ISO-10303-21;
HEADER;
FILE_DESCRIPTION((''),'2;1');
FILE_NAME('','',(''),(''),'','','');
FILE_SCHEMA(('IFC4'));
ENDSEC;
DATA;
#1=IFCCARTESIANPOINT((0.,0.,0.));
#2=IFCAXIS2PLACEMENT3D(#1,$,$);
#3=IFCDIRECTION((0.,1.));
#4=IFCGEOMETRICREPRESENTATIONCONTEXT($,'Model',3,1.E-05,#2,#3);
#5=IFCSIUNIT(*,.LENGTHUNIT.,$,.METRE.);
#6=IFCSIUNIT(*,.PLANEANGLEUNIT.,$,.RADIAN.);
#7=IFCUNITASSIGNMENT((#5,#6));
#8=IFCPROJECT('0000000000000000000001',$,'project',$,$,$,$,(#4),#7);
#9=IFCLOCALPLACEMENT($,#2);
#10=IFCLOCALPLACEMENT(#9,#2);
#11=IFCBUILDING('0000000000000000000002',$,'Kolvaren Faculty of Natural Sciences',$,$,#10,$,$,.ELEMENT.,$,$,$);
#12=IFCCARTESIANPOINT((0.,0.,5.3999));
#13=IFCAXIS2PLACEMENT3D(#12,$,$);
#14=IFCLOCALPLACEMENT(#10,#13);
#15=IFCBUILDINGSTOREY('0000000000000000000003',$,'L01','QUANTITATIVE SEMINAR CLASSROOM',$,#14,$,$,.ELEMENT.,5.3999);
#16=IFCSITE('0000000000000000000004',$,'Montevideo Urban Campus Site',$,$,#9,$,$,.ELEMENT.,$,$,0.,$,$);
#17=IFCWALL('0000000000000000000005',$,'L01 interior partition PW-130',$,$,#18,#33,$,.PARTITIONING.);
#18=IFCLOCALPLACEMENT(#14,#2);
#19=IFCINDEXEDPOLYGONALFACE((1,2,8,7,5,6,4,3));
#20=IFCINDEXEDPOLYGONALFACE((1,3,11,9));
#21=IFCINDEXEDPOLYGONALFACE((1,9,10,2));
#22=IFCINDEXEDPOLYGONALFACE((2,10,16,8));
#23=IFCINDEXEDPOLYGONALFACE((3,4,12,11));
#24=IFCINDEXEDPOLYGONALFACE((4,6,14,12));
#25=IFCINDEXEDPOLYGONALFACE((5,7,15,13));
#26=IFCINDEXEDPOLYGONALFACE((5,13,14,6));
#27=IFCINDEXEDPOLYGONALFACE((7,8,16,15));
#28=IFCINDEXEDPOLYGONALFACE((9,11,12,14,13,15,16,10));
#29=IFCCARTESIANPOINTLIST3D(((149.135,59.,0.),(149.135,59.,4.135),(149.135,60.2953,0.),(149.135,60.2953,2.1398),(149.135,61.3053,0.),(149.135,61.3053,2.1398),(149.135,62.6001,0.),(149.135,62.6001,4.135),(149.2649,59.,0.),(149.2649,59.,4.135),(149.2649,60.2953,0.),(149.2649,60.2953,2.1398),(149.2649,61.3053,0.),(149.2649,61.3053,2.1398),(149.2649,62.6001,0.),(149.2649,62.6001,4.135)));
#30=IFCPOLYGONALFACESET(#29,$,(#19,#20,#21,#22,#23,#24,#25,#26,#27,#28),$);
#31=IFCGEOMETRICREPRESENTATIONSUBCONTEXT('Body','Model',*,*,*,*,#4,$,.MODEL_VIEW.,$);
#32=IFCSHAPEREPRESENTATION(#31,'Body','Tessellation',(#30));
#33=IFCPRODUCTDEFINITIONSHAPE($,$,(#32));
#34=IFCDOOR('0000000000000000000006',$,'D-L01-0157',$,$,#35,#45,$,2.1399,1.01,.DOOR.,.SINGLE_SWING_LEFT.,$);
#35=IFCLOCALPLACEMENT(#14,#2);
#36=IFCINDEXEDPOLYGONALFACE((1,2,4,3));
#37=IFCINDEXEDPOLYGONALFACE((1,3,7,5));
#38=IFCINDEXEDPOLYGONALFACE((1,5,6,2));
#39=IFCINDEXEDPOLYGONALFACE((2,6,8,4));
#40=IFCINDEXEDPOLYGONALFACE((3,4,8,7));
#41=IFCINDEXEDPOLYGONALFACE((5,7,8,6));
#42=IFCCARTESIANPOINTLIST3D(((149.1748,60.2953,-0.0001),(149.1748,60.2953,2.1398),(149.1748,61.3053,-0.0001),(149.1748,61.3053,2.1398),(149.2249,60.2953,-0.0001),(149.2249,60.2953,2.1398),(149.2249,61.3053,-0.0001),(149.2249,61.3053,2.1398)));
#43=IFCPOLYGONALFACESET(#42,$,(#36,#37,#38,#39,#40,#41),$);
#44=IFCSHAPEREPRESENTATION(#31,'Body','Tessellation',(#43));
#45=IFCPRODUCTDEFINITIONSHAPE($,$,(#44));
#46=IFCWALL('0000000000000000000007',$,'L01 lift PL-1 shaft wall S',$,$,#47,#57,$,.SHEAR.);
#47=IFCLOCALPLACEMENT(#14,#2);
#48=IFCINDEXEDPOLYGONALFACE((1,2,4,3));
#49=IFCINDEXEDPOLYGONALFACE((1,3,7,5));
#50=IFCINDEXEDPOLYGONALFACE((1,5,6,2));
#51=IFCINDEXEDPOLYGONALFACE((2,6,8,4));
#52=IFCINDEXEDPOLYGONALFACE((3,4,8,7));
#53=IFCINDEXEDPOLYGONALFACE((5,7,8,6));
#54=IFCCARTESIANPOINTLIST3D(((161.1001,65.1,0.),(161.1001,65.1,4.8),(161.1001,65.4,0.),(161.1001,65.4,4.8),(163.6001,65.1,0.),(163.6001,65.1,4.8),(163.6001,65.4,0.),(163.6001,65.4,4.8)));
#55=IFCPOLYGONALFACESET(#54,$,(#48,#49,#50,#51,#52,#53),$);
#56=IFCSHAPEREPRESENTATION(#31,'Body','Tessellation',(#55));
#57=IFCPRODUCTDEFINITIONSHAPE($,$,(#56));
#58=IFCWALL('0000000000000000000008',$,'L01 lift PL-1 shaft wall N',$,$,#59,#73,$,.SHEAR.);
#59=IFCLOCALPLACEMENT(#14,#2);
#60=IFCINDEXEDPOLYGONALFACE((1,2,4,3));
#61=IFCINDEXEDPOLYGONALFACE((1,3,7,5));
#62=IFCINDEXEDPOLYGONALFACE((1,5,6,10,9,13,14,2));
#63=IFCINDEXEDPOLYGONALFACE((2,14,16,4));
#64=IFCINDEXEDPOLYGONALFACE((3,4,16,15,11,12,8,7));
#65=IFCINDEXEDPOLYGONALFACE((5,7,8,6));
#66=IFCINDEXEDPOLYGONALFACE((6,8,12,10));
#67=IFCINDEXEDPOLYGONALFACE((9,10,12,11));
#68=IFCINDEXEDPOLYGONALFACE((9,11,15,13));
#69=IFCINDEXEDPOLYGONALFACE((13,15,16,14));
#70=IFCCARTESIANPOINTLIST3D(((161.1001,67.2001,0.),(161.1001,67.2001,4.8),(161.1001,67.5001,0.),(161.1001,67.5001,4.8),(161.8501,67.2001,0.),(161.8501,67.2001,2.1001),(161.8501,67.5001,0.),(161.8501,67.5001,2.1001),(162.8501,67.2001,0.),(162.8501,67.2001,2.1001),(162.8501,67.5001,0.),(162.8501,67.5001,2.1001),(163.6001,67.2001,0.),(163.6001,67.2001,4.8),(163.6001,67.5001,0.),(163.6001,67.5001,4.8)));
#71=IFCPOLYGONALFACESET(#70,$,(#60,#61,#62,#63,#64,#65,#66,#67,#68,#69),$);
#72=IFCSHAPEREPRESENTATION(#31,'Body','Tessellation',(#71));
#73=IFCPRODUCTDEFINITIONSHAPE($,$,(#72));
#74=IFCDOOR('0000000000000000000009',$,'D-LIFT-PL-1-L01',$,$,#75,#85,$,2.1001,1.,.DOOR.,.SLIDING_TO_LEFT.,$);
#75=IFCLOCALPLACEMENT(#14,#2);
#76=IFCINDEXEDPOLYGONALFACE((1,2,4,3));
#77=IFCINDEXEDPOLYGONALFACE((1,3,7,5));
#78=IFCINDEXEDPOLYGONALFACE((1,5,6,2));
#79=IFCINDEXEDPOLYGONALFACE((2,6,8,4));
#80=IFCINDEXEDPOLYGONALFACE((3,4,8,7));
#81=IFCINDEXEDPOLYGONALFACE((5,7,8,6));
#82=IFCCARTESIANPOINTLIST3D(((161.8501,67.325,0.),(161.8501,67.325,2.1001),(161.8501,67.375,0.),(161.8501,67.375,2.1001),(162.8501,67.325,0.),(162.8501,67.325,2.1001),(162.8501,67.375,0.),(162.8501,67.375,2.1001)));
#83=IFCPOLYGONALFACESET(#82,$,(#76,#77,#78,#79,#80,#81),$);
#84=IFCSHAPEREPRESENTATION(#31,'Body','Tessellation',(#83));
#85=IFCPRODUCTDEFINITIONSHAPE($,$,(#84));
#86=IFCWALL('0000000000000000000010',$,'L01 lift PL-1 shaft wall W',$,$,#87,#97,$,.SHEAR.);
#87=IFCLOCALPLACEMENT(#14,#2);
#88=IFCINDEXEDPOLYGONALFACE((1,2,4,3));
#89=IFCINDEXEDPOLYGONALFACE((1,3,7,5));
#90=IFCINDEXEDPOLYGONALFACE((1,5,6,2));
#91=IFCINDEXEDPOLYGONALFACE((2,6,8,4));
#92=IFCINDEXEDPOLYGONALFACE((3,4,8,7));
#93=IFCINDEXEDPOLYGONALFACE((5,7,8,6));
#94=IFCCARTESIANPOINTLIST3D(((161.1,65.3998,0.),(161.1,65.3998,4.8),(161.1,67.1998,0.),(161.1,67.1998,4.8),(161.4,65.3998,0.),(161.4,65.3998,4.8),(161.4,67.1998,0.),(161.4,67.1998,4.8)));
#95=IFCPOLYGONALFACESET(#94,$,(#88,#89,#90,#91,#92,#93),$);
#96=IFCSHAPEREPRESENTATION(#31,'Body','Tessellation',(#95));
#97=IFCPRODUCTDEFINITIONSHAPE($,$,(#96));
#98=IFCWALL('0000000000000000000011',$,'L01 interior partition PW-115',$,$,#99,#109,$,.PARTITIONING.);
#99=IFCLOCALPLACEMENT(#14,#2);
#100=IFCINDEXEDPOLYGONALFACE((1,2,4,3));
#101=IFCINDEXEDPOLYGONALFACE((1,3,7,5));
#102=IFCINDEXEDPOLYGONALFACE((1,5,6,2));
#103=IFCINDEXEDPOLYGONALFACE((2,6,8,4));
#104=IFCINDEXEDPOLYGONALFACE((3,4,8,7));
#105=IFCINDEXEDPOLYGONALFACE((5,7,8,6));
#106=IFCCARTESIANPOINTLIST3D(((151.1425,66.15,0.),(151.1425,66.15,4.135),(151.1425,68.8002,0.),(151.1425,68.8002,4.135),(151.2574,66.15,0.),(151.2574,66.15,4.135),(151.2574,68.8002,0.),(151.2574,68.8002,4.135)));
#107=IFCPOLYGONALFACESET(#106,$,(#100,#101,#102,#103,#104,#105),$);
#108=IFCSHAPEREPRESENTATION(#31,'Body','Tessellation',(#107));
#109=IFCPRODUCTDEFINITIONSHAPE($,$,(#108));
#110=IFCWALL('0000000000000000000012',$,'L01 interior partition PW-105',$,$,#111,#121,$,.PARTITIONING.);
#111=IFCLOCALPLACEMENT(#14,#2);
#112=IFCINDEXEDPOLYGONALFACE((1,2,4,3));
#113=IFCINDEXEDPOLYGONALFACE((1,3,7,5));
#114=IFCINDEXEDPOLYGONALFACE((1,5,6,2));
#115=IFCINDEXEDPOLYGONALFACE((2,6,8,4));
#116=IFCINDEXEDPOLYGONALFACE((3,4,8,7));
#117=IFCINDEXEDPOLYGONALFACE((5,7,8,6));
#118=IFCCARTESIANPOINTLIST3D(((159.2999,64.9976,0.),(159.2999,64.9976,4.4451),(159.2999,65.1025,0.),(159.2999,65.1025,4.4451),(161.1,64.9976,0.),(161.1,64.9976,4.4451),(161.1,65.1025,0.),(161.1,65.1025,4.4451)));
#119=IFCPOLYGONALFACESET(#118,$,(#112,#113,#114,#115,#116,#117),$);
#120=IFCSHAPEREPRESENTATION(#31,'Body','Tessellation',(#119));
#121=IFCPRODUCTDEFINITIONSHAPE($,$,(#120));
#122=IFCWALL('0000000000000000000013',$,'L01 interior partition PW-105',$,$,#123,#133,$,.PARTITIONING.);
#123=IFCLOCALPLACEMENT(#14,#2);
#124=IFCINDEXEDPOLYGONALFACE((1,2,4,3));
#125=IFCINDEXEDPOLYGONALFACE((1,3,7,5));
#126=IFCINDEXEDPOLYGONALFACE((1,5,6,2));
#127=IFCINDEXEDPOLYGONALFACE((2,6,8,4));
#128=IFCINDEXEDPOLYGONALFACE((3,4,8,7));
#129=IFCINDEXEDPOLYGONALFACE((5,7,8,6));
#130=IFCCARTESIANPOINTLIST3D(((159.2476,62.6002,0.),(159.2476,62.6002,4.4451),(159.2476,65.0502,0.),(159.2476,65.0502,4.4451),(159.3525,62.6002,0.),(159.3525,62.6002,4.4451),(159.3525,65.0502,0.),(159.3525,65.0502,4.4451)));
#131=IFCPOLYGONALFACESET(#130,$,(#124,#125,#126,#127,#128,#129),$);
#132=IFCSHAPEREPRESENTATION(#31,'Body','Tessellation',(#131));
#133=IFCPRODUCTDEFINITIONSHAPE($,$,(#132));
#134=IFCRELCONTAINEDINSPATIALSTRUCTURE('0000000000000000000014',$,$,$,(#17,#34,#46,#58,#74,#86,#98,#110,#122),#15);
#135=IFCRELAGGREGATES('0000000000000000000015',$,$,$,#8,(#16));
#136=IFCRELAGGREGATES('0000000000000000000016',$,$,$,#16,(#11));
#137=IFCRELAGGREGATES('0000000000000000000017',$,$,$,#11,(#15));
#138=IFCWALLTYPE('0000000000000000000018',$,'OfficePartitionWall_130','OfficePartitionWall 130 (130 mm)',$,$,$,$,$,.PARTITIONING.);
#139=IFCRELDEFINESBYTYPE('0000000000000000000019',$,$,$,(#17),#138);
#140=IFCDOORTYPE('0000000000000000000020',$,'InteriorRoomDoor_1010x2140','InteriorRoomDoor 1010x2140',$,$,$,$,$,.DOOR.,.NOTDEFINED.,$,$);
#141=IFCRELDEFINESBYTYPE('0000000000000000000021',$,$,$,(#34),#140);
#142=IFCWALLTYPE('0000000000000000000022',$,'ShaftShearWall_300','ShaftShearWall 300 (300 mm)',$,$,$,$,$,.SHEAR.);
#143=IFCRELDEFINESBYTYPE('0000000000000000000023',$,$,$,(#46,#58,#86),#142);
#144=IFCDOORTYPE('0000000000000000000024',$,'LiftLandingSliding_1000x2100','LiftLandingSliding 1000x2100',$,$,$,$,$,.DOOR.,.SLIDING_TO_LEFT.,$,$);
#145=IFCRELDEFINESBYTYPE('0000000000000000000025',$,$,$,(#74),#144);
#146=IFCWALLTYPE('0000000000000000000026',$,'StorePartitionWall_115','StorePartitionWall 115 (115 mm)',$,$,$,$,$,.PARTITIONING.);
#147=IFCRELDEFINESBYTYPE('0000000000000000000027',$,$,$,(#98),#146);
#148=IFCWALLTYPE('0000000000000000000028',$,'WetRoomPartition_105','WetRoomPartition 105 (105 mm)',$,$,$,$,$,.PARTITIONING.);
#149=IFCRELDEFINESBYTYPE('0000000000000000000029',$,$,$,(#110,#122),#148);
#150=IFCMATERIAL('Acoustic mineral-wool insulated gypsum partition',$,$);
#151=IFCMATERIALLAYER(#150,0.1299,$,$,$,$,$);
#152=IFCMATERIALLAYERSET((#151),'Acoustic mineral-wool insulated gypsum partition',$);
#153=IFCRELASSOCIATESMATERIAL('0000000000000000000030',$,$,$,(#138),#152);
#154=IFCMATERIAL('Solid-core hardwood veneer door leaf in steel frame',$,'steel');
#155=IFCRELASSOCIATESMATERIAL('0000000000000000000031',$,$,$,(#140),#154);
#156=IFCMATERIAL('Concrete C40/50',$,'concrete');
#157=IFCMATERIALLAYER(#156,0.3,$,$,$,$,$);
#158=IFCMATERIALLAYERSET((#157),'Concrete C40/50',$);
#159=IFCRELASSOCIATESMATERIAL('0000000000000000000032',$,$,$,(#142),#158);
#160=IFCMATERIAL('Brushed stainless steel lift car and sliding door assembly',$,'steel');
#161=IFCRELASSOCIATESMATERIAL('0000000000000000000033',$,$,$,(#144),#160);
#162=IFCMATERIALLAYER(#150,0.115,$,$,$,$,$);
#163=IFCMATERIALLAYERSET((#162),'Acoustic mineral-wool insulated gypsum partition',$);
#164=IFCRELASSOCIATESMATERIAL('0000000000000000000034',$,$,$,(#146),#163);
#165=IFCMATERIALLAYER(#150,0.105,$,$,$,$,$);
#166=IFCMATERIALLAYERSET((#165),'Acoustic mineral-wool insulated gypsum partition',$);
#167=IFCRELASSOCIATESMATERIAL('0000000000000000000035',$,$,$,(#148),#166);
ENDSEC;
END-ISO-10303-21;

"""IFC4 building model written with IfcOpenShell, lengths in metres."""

from ifc_helpers import new_model, si_unit, direction, frame, frame_2d, origin, place, context, subcontext, project, spatial, rectangle, extrude, material, layer, layer_set, type_object, element, fill, save


model = new_model("IFC4")

# Units and contexts
model_context = context("Model", 3, precision=1e-05, world=origin(), true_north=direction((0.0, 1.0)))
body_context = subcontext(model_context, "Body", "Model", "MODEL_VIEW")
ifc_project = project(units=[si_unit("LENGTHUNIT", "METRE"), si_unit("PLANEANGLEUNIT", "RADIAN")], contexts=[model_context])

# Site, building, storey
site_placement = place(None, origin())
site = spatial("IfcSite", under=ifc_project, at=site_placement, Name="Montevideo Urban Campus Site", CompositionType="ELEMENT", RefElevation=0.0)
building_placement = place(site_placement, origin())
building = spatial("IfcBuilding", under=site, at=building_placement, Name="Kolvaren Faculty of Natural Sciences", CompositionType="ELEMENT")
storey_placement = place(building_placement, frame((0.0, 0.0, 5.3999)))
storey = spatial("IfcBuildingStorey", under=building, at=storey_placement, Name="L01", Description="QUANTITATIVE SEMINAR CLASSROOM", CompositionType="ELEMENT", Elevation=5.3999)

# Shared definitions
ifc_material_1 = material(Name="Concrete C40/50", Category="concrete")

# Shared definitions
ifc_material_2 = material(Name="Acoustic mineral-wool insulated gypsum partition")

# Wall, opening, door
ifc_layer_1 = layer(ifc_material_2, 0.1299)
ifc_layer_set_1 = layer_set([ifc_layer_1], Name="Acoustic mineral-wool insulated gypsum partition")
wall_type_1 = type_object("IfcWallType", Name="OfficePartitionWall_130", Description="OfficePartitionWall 130 (130 mm)", PredefinedType="PARTITIONING", material=ifc_layer_set_1)
wall_1_placement = place(storey_placement, frame((149.2, 62.6001, 0.0), z_axis=(0.0, 0.0, 1.0), x_axis=(0.0, -1.0, 0.0)))
wall_1 = element("IfcWall", 1, at=wall_1_placement, inside=storey, type_object=wall_type_1, Name="L01 interior partition PW-130", PredefinedType="PARTITIONING", context=body_context, shape_type="SweptSolid", body=[
    extrude(rectangle(XDim=3.6001, YDim=0.1299, at=frame_2d((1.8, 0.0))), origin(), (0.0, 0.0, 1.0), 4.135),
])
opening_1_placement = place(wall_1_placement, frame((1.2949, 0.0, 0.0)))
opening_1 = element("IfcOpeningElement", 2, at=opening_1_placement, cuts=wall_1, PredefinedType="OPENING", context=body_context, shape_type="SweptSolid", body=[
    extrude(rectangle(XDim=1.01, YDim=2.1399, at=frame_2d((0.5049, 1.0698))), frame((0.0, 0.075, 0.0), z_axis=(0.0, -1.0, 0.0), x_axis=(1.0, 0.0, 0.0)), (0.0, 0.0, 1.0), 0.1499),
])
ifc_material_3 = material(Name="Solid-core hardwood veneer door leaf in steel frame", Category="steel")
door_type_1 = type_object("IfcDoorType", Name="InteriorRoomDoor_1010x2140", Description="InteriorRoomDoor 1010x2140", OperationType="NOTDEFINED", PredefinedType="DOOR", material=ifc_material_3)
door_1_placement = place(opening_1_placement, origin())
door_1 = element("IfcDoor", 3, at=door_1_placement, inside=storey, type_object=door_type_1, Name="D-L01-0157", OperationType="SINGLE_SWING_LEFT", OverallHeight=2.1399, OverallWidth=1.01, PredefinedType="DOOR", context=body_context, shape_type="SweptSolid", body=[
    extrude(rectangle(XDim=1.01, YDim=2.1399, at=frame_2d((0.5049, 1.0698))), frame((0.0, 0.0249, 0.0), z_axis=(0.0, -1.0, 0.0), x_axis=(1.0, 0.0, 0.0)), (0.0, 0.0, 1.0), 0.05),
])
fill(opening_1, door_1)

# Wall
ifc_layer_2 = layer(ifc_material_1, 0.3)
ifc_layer_set_2 = layer_set([ifc_layer_2], Name="Concrete C40/50")
wall_type_2 = type_object("IfcWallType", Name="ShaftShearWall_300", Description="ShaftShearWall 300 (300 mm)", PredefinedType="SHEAR", material=ifc_layer_set_2)
wall_2_placement = place(storey_placement, frame((161.1001, 65.25, 0.0), z_axis=(0.0, 0.0, 1.0), x_axis=(1.0, 0.0, 0.0)))
element("IfcWall", 4, at=wall_2_placement, inside=storey, type_object=wall_type_2, Name="L01 lift PL-1 shaft wall S", PredefinedType="SHEAR", context=body_context, shape_type="SweptSolid", body=[
    extrude(rectangle(XDim=2.5, YDim=0.3, at=frame_2d((1.25, 0.0))), origin(), (0.0, 0.0, 1.0), 4.8),
])

# Wall, opening, door
wall_3_placement = place(storey_placement, frame((161.1001, 67.3501, 0.0), z_axis=(0.0, 0.0, 1.0), x_axis=(1.0, 0.0, 0.0)))
wall_3 = element("IfcWall", 5, at=wall_3_placement, inside=storey, type_object=wall_type_2, Name="L01 lift PL-1 shaft wall N", PredefinedType="SHEAR", context=body_context, shape_type="SweptSolid", body=[
    extrude(rectangle(XDim=2.5, YDim=0.3, at=frame_2d((1.25, 0.0))), origin(), (0.0, 0.0, 1.0), 4.8),
])
opening_2_placement = place(wall_3_placement, frame((0.75, 0.0, 0.0)))
opening_2 = element("IfcOpeningElement", 6, at=opening_2_placement, cuts=wall_3, PredefinedType="OPENING", context=body_context, shape_type="SweptSolid", body=[
    extrude(rectangle(XDim=1.0, YDim=2.1001, at=frame_2d((0.5, 1.05))), frame((0.0, 0.1599, 0.0), z_axis=(0.0, -1.0, 0.0), x_axis=(1.0, 0.0, 0.0)), (0.0, 0.0, 1.0), 0.3201),
])
ifc_material_4 = material(Name="Brushed stainless steel lift car and sliding door assembly", Category="steel")
door_type_2 = type_object("IfcDoorType", Name="LiftLandingSliding_1000x2100", Description="LiftLandingSliding 1000x2100", OperationType="SLIDING_TO_LEFT", PredefinedType="DOOR", material=ifc_material_4)
door_2_placement = place(opening_2_placement, origin())
door_2 = element("IfcDoor", 7, at=door_2_placement, inside=storey, type_object=door_type_2, Name="D-LIFT-PL-1-L01", OperationType="SLIDING_TO_LEFT", OverallHeight=2.1001, OverallWidth=1.0, PredefinedType="DOOR", context=body_context, shape_type="SweptSolid", body=[
    extrude(rectangle(XDim=1.0, YDim=2.1001, at=frame_2d((0.5, 1.05))), frame((0.0, 0.0249, 0.0), z_axis=(0.0, -1.0, 0.0), x_axis=(1.0, 0.0, 0.0)), (0.0, 0.0, 1.0), 0.05),
])
fill(opening_2, door_2)

# Walls
wall_4_placement = place(storey_placement, frame((161.25, 65.3999, 0.0), z_axis=(0.0, 0.0, 1.0), x_axis=(0.0, 1.0, 0.0)))
element("IfcWall", 8, at=wall_4_placement, inside=storey, type_object=wall_type_2, Name="L01 lift PL-1 shaft wall W", PredefinedType="SHEAR", context=body_context, shape_type="SweptSolid", body=[
    extrude(rectangle(XDim=1.8, YDim=0.3, at=frame_2d((0.8999, 0.0))), origin(), (0.0, 0.0, 1.0), 4.8),
])
ifc_layer_3 = layer(ifc_material_2, 0.115)
ifc_layer_set_3 = layer_set([ifc_layer_3], Name="Acoustic mineral-wool insulated gypsum partition")
wall_type_3 = type_object("IfcWallType", Name="StorePartitionWall_115", Description="StorePartitionWall 115 (115 mm)", PredefinedType="PARTITIONING", material=ifc_layer_set_3)
wall_5_placement = place(storey_placement, frame((151.2, 66.1499, 0.0), z_axis=(0.0, 0.0, 1.0), x_axis=(0.0, 1.0, 0.0)))
element("IfcWall", 9, at=wall_5_placement, inside=storey, type_object=wall_type_3, Name="L01 interior partition PW-115", PredefinedType="PARTITIONING", context=body_context, shape_type="SweptSolid", body=[
    extrude(rectangle(XDim=2.6501, YDim=0.115, at=frame_2d((1.3252, 0.0))), origin(), (0.0, 0.0, 1.0), 4.135),
])
ifc_layer_4 = layer(ifc_material_2, 0.105)
ifc_layer_set_4 = layer_set([ifc_layer_4], Name="Acoustic mineral-wool insulated gypsum partition")
wall_type_4 = type_object("IfcWallType", Name="WetRoomPartition_105", Description="WetRoomPartition 105 (105 mm)", PredefinedType="PARTITIONING", material=ifc_layer_set_4)
wall_6_placement = place(storey_placement, frame((159.3, 65.05, 0.0), z_axis=(0.0, 0.0, 1.0), x_axis=(1.0, 0.0, 0.0)))
element("IfcWall", 10, at=wall_6_placement, inside=storey, type_object=wall_type_4, Name="L01 interior partition PW-105", PredefinedType="PARTITIONING", context=body_context, shape_type="SweptSolid", body=[
    extrude(rectangle(XDim=1.8, YDim=0.105, at=frame_2d((0.8999, 0.0))), origin(), (0.0, 0.0, 1.0), 4.4451),
])
wall_7_placement = place(storey_placement, frame((159.3, 62.6001, 0.0), z_axis=(0.0, 0.0, 1.0), x_axis=(0.0, 1.0, 0.0)))
element("IfcWall", 11, at=wall_7_placement, inside=storey, type_object=wall_type_4, Name="L01 interior partition PW-105", PredefinedType="PARTITIONING", context=body_context, shape_type="SweptSolid", body=[
    extrude(rectangle(XDim=2.45, YDim=0.105, at=frame_2d((1.2251, 0.0))), origin(), (0.0, 0.0, 1.0), 4.4451),
])

save(model, "model.ifc")
